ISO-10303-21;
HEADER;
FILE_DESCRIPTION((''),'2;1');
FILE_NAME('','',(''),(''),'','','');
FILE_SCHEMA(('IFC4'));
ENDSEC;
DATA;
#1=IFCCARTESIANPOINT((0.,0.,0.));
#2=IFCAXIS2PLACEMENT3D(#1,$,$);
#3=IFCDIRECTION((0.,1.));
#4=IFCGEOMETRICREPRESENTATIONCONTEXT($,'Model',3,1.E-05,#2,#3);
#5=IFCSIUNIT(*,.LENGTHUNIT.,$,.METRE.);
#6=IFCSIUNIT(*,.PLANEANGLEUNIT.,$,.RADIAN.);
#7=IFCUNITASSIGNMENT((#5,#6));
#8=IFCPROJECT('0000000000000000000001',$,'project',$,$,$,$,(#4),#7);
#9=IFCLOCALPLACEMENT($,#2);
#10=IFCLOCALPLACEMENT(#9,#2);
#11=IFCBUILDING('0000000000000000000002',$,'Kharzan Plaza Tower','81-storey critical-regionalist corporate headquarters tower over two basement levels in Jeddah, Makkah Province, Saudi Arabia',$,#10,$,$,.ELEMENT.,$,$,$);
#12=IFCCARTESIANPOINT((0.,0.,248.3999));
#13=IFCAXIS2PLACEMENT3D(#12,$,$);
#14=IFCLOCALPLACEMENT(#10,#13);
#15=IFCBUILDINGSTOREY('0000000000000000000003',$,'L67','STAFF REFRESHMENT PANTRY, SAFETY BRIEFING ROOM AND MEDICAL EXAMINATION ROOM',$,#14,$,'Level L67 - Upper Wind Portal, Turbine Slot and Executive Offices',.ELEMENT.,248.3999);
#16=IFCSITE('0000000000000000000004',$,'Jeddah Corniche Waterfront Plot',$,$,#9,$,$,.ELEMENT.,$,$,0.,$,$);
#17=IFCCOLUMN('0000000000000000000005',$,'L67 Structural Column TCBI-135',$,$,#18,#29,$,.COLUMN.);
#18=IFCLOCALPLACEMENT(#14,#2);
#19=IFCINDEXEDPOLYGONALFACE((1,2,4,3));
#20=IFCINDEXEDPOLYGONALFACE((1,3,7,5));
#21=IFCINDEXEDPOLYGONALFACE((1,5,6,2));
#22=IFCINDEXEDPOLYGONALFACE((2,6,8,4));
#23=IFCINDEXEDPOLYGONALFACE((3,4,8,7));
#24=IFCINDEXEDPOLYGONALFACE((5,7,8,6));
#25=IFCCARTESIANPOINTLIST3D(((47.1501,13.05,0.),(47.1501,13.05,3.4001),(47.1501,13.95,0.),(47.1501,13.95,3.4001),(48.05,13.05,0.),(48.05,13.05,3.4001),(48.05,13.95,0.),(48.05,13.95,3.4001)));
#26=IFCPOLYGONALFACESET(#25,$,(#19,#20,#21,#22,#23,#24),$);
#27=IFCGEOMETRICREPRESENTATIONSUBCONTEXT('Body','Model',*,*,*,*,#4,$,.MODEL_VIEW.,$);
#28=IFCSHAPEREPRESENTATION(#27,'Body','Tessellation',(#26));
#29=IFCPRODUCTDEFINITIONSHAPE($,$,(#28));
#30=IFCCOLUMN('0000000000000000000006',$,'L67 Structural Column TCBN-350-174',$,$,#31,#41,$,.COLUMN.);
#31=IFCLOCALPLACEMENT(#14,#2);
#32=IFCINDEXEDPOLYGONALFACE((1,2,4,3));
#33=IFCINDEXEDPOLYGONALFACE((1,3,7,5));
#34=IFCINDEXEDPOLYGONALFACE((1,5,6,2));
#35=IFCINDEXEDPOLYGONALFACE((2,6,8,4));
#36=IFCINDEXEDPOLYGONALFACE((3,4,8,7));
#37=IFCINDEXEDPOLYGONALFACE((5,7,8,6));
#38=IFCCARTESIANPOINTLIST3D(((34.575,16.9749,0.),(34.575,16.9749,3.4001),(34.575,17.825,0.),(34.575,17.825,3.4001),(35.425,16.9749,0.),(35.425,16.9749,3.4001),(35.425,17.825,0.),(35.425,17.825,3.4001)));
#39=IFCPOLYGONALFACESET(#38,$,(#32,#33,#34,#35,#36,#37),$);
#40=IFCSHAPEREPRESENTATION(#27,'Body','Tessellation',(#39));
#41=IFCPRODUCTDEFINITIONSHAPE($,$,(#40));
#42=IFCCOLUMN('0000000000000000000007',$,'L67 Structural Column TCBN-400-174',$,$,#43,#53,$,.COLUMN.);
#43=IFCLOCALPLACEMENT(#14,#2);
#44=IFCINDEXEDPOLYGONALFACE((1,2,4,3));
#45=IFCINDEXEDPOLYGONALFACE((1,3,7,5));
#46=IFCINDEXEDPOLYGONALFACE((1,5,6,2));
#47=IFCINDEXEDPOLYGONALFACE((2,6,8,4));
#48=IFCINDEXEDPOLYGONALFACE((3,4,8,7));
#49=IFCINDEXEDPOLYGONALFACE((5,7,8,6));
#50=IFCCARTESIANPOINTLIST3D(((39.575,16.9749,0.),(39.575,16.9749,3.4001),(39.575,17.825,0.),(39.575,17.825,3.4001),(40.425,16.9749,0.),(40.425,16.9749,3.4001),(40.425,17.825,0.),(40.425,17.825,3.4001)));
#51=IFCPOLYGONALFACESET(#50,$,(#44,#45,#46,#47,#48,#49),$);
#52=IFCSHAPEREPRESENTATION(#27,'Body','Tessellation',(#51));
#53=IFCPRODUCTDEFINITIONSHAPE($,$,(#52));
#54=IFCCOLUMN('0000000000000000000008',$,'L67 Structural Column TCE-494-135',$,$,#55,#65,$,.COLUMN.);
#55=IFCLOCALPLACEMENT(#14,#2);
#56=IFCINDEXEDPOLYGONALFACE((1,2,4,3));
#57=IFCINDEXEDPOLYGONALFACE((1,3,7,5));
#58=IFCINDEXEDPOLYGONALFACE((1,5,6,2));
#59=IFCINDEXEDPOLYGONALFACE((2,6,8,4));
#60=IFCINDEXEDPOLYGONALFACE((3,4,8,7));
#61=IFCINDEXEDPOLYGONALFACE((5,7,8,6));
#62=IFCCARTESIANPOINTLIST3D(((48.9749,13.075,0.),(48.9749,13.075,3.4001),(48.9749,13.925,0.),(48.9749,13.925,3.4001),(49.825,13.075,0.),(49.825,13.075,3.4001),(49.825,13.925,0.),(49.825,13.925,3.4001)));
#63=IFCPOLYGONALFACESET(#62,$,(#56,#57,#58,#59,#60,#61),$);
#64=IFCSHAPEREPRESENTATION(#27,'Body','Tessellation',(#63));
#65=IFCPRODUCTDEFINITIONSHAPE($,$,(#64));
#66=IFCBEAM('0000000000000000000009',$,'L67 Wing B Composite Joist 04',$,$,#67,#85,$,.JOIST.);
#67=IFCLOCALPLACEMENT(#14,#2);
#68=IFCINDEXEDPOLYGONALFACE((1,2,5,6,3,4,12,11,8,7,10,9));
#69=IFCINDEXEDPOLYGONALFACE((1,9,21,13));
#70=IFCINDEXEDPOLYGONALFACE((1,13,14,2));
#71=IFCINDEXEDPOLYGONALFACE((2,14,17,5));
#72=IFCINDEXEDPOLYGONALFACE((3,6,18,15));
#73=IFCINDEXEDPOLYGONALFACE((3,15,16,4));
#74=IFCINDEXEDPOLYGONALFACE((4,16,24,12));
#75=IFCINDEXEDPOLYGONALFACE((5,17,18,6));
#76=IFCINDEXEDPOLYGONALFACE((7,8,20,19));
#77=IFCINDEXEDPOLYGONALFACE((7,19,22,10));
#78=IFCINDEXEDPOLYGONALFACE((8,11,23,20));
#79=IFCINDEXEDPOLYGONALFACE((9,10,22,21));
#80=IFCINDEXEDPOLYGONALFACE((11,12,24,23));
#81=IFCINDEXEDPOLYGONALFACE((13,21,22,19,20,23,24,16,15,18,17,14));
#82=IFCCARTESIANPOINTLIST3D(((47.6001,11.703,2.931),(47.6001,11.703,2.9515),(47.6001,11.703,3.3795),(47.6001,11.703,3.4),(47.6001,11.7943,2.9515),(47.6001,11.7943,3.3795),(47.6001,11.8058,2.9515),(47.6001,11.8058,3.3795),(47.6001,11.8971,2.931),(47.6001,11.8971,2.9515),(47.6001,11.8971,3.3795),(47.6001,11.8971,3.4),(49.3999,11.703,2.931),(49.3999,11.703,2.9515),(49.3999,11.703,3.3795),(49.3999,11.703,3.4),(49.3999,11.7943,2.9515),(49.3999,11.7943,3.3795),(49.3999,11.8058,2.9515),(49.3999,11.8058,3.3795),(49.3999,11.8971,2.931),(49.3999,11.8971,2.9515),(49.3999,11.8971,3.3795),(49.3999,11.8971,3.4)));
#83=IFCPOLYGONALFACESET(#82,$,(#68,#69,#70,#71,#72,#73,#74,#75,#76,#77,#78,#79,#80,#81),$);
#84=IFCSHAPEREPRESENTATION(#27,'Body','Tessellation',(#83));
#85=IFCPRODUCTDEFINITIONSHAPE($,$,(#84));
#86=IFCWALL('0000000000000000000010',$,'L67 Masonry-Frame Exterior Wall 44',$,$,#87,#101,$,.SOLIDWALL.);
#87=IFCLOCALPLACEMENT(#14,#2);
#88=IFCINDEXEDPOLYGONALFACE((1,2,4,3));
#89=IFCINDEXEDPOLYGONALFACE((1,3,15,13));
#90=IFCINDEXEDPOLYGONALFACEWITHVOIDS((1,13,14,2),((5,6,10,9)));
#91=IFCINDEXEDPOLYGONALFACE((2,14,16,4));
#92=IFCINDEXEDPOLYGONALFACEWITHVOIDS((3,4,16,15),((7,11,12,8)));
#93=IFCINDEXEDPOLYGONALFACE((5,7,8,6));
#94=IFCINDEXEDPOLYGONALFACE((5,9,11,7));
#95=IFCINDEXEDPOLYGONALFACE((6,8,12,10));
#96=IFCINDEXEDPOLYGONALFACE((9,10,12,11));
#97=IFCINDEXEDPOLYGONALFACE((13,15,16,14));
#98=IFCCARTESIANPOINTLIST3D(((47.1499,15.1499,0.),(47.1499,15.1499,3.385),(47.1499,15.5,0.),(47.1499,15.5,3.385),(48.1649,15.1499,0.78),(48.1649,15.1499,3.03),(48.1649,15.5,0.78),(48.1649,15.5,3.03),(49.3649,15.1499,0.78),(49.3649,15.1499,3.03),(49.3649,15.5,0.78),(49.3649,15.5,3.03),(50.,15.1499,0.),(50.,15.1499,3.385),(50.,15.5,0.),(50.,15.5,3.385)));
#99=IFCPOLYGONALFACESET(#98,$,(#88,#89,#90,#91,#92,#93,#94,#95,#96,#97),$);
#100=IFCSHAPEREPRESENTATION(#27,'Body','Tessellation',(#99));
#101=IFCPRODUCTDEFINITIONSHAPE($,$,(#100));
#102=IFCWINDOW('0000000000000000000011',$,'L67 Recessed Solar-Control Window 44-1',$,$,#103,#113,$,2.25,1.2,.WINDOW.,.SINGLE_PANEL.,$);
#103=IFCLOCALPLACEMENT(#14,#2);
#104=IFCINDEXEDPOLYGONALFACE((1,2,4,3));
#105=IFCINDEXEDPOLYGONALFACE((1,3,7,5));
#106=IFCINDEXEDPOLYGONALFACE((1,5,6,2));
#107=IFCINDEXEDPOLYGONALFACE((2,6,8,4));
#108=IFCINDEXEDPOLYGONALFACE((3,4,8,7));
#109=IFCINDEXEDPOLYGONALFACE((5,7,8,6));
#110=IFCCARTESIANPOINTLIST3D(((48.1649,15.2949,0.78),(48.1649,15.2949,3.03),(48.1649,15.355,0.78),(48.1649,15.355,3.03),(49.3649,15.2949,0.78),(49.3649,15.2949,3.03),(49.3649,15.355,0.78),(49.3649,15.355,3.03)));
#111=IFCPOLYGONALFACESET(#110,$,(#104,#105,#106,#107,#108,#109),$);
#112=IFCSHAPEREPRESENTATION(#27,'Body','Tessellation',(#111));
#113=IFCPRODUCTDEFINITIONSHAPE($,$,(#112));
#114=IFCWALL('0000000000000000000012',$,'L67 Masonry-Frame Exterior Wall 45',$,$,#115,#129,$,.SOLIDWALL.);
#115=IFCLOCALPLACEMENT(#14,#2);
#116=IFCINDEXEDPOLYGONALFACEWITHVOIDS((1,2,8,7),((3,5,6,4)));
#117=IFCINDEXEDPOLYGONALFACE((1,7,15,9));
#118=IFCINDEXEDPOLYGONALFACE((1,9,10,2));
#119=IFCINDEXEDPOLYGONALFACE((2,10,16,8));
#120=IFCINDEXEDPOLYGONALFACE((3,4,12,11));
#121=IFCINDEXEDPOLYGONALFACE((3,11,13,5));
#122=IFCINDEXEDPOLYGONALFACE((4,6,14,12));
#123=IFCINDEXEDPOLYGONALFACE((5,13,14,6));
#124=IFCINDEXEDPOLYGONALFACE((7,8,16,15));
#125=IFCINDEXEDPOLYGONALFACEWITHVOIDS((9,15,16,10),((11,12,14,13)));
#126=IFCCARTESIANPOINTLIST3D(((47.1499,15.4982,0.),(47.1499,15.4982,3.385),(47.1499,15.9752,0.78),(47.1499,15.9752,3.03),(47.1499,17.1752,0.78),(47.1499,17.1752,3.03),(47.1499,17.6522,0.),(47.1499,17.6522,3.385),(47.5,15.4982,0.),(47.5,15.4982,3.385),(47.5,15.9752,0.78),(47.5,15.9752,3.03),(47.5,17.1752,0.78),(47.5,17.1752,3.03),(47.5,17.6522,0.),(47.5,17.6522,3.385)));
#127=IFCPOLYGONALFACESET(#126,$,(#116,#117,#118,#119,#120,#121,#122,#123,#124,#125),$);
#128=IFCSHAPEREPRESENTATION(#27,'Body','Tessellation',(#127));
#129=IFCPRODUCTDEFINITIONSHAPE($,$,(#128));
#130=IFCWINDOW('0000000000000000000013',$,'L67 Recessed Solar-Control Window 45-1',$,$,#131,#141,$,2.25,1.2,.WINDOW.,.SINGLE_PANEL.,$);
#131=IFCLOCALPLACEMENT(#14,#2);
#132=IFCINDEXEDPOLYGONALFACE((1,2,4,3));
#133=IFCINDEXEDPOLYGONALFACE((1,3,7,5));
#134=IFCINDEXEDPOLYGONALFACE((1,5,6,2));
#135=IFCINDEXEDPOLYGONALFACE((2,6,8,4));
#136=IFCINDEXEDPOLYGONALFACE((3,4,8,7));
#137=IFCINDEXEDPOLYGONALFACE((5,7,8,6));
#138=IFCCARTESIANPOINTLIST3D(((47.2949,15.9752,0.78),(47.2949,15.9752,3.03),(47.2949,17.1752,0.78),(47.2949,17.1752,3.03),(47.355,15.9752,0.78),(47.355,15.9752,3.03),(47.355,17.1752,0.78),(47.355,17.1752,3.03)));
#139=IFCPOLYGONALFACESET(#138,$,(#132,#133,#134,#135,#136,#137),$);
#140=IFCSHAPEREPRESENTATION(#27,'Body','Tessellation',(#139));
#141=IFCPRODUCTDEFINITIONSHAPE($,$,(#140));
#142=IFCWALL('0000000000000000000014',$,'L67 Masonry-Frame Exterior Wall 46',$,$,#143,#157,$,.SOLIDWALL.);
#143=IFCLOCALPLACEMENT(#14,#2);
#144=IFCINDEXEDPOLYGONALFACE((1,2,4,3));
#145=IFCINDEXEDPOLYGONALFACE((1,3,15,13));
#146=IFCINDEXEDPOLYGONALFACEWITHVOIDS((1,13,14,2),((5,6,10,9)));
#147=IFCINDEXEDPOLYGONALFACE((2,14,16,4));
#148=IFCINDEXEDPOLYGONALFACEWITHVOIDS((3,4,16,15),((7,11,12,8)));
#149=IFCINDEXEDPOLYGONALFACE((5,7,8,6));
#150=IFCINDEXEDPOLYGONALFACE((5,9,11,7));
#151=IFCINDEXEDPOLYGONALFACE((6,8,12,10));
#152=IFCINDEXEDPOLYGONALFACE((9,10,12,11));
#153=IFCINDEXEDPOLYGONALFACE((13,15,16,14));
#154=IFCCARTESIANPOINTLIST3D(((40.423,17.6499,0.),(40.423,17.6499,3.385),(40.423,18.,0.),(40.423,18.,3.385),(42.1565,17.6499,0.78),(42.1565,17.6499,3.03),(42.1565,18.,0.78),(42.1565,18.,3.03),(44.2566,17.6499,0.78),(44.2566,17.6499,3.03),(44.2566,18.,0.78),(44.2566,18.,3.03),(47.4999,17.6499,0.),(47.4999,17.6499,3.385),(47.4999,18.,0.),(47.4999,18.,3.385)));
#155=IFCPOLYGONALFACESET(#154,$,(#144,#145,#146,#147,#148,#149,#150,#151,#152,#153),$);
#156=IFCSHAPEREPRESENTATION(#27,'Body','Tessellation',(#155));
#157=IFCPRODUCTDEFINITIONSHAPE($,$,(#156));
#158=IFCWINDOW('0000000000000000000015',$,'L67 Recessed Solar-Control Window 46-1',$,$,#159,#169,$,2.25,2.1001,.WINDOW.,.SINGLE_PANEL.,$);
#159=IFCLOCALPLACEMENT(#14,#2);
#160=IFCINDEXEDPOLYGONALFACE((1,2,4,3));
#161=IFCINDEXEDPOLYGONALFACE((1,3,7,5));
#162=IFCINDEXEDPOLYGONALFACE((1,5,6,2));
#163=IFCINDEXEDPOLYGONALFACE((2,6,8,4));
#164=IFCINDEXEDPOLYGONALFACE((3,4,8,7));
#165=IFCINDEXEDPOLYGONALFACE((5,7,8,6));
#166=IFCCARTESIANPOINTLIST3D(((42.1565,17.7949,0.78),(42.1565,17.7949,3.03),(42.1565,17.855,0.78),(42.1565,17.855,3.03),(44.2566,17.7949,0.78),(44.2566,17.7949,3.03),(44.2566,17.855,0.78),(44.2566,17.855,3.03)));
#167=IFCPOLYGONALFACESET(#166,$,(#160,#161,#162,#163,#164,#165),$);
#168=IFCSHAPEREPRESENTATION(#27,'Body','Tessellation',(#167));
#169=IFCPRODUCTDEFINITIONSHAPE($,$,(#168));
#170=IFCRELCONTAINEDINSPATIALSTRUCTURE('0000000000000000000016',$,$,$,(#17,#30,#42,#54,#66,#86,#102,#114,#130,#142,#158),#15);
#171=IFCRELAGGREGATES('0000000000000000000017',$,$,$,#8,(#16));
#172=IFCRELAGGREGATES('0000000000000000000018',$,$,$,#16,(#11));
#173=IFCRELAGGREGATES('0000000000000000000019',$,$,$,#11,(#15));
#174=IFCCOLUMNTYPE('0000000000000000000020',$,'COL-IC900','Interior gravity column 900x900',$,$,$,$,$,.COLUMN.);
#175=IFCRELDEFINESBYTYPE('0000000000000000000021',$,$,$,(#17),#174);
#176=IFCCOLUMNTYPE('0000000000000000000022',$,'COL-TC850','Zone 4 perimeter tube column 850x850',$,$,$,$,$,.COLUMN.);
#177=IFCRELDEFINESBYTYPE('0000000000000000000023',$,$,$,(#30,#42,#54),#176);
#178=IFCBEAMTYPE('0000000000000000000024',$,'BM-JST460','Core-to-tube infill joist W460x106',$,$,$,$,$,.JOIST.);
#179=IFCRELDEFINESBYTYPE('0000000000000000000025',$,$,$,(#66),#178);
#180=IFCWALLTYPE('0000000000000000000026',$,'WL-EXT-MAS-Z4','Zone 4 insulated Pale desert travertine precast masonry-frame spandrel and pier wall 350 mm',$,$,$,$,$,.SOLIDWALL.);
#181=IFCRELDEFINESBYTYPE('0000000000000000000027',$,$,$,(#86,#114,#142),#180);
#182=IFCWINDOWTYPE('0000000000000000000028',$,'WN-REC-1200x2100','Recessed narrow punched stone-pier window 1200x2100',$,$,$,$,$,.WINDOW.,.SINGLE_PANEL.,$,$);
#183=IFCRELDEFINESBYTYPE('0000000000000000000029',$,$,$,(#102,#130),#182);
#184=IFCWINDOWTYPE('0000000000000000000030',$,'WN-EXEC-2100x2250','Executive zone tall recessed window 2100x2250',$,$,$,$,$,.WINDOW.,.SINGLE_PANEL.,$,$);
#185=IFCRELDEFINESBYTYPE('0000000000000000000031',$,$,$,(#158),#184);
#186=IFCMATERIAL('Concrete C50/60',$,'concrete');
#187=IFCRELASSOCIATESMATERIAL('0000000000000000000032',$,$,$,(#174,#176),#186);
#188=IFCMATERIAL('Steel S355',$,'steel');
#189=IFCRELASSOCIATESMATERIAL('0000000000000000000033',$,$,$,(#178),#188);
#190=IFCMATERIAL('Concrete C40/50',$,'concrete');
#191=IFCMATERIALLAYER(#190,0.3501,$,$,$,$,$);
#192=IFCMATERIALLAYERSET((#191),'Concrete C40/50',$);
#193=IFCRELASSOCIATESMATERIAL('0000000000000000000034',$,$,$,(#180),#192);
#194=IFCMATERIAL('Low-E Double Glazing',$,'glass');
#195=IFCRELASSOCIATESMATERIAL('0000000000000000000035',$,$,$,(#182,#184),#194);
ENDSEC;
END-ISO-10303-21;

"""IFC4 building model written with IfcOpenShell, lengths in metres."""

from ifc_helpers import new_model, si_unit, direction, frame, frame_2d, origin, origin_2d, place, context, subcontext, project, spatial, rectangle, i_section, extrude, source, transform, mapped, material, layer, layer_set, material_profile, profile_set, type_object, element, fill, save


model = new_model("IFC4")

# Units and contexts
model_context = context("Model", 3, precision=1e-05, world=origin(), true_north=direction((0.0, 1.0)))
body_context = subcontext(model_context, "Body", "Model", "MODEL_VIEW")
ifc_project = project(units=[si_unit("LENGTHUNIT", "METRE"), si_unit("PLANEANGLEUNIT", "RADIAN")], contexts=[model_context])

# Site, building, storey
site_placement = place(None, origin())
site = spatial("IfcSite", under=ifc_project, at=site_placement, Name="Jeddah Corniche Waterfront Plot", CompositionType="ELEMENT", RefElevation=0.0)
building_placement = place(site_placement, origin())
building = spatial("IfcBuilding", under=site, at=building_placement, Name="Kharzan Plaza Tower", Description="81-storey critical-regionalist corporate headquarters tower over two basement levels in Jeddah, Makkah Province, Saudi Arabia", CompositionType="ELEMENT")
storey_placement = place(building_placement, frame((0.0, 0.0, 248.3999)))
storey = spatial("IfcBuildingStorey", under=building, at=storey_placement, Name="L67", Description="STAFF REFRESHMENT PANTRY, SAFETY BRIEFING ROOM AND MEDICAL EXAMINATION ROOM", LongName="Level L67 - Upper Wind Portal, Turbine Slot and Executive Offices", CompositionType="ELEMENT", Elevation=248.3999)

# Columns
ifc_material_1 = material(Name="Concrete C50/60", Category="concrete")
ifc_material_profile_1 = material_profile(ifc_material_1, rectangle(XDim=0.8999, YDim=0.8999, at=origin_2d()), Name="RC-IC900x900")
ifc_profile_set_1 = profile_set([ifc_material_profile_1], Name="Concrete C50/60")
column_type_1 = type_object("IfcColumnType", Name="COL-IC900", Description="Interior gravity column 900x900", PredefinedType="COLUMN", material=ifc_profile_set_1)
shared_shape_1 = source(origin(), body_context, "Body", "SweptSolid", [
    extrude(rectangle(XDim=0.8999, YDim=0.8999, at=origin_2d()), origin(), (0.0, 0.0, 1.0), 3.4001),
])
column_placement = place(storey_placement, frame((47.6001, 13.5, 0.0), z_axis=(0.0, 0.0, 1.0), x_axis=(1.0, 0.0, 0.0)))
element("IfcColumn", 1, at=column_placement, inside=storey, type_object=column_type_1, Name="L67 Structural Column TCBI-135", PredefinedType="COLUMN", context=body_context, shape_type="MappedRepresentation", body=[
    mapped(shared_shape_1, transform((0.0, 0.0, 0.0), x_axis=(1.0, 0.0, 0.0), y_axis=(0.0, 1.0, 0.0), z_axis=(0.0, 0.0, 1.0))),
])
ifc_material_profile_2 = material_profile(ifc_material_1, rectangle(XDim=0.8501, YDim=0.8501, at=origin_2d()), Name="RC-TC850x850")
ifc_profile_set_2 = profile_set([ifc_material_profile_2], Name="Concrete C50/60")
column_type_2 = type_object("IfcColumnType", Name="COL-TC850", Description="Zone 4 perimeter tube column 850x850", PredefinedType="COLUMN", material=ifc_profile_set_2)
shared_shape_2 = source(origin(), body_context, "Body", "SweptSolid", [
    extrude(rectangle(XDim=0.8501, YDim=0.8501, at=origin_2d()), origin(), (0.0, 0.0, 1.0), 3.4001),
])
for number, where, z_axis, x_axis, name in (
    (2, (35.0, 17.3999, 0.0), (0.0, 0.0, 1.0), (1.0, 0.0, 0.0), "L67 Structural Column TCBN-350-174"),
    (3, (40.0, 17.3999, 0.0), (0.0, 0.0, 1.0), (1.0, 0.0, 0.0), "L67 Structural Column TCBN-400-174"),
    (4, (49.3999, 13.5, 0.0), (0.0, 0.0, 1.0), (1.0, 0.0, 0.0), "L67 Structural Column TCE-494-135"),
):
    element("IfcColumn", number, at=place(storey_placement, frame(where, z_axis=z_axis, x_axis=x_axis)), inside=storey, type_object=column_type_2, Name=name, PredefinedType="COLUMN", context=body_context, shape_type="MappedRepresentation", body=[
        mapped(shared_shape_2, transform((0.0, 0.0, 0.0), x_axis=(1.0, 0.0, 0.0), y_axis=(0.0, 1.0, 0.0), z_axis=(0.0, 0.0, 1.0))),
    ])

# Beam
ifc_material_2 = material(Name="Steel S355", Category="steel")
ifc_material_profile_3 = material_profile(ifc_material_2, i_section(OverallWidth=0.1941, OverallDepth=0.469, WebThickness=0.0115, FlangeThickness=0.0205, at=origin_2d()), Name="W460x106")
ifc_profile_set_3 = profile_set([ifc_material_profile_3], Name="Steel S355")
beam_type = type_object("IfcBeamType", Name="BM-JST460", Description="Core-to-tube infill joist W460x106", PredefinedType="JOIST", material=ifc_profile_set_3)
shared_shape_3 = source(origin(), body_context, "Body", "SweptSolid", [
    extrude(i_section(OverallWidth=0.1941, OverallDepth=0.469, WebThickness=0.0115, FlangeThickness=0.0205, at=origin_2d()), origin(), (0.0, 0.0, 1.0), 1.7998),
])
beam_placement = place(storey_placement, frame((47.6001, 11.8, 3.1655), z_axis=(1.0, 0.0, 0.0), x_axis=(0.0, 1.0, 0.0)))
element("IfcBeam", 5, at=beam_placement, inside=storey, type_object=beam_type, Name="L67 Wing B Composite Joist 04", PredefinedType="JOIST", context=body_context, shape_type="MappedRepresentation", body=[
    mapped(shared_shape_3, transform((0.0, 0.0, 0.0), x_axis=(1.0, 0.0, 0.0), y_axis=(0.0, 1.0, 0.0), z_axis=(0.0, 0.0, 1.0))),
])

# Walls, openings, windows
ifc_material_3 = material(Name="Concrete C40/50", Category="concrete")
ifc_layer_1 = layer(ifc_material_3, 0.3501)
ifc_layer_set_1 = layer_set([ifc_layer_1], Name="Concrete C40/50")
wall_type_1 = type_object("IfcWallType", Name="WL-EXT-MAS-Z4", Description="Zone 4 insulated Pale desert travertine precast masonry-frame spandrel and pier wall 350 mm", PredefinedType="SOLIDWALL", material=ifc_layer_set_1)
wall_1_placement = place(storey_placement, frame((50.0, 15.325, 0.0), z_axis=(0.0, 0.0, 1.0), x_axis=(-1.0, 0.0, 0.0)))
wall_1 = element("IfcWall", 6, at=wall_1_placement, inside=storey, type_object=wall_type_1, Name="L67 Masonry-Frame Exterior Wall 44", PredefinedType="SOLIDWALL", context=body_context, shape_type="SweptSolid", body=[
    extrude(rectangle(XDim=2.8501, YDim=0.3501, at=frame_2d((1.425, 0.0))), origin(), (0.0, 0.0, 1.0), 3.385),
])
opening_1_placement = place(wall_1_placement, frame((0.635, 0.0, 0.78)))
opening_1 = element("IfcOpeningElement", 7, at=opening_1_placement, cuts=wall_1, PredefinedType="OPENING", context=body_context, shape_type="SweptSolid", body=[
    extrude(rectangle(XDim=1.2, YDim=2.25, at=frame_2d((0.6001, 1.125))), frame((0.0, 0.1851, 0.0), z_axis=(0.0, -1.0, 0.0), x_axis=(1.0, 0.0, 0.0)), (0.0, 0.0, 1.0), 0.3701),
])
ifc_material_4 = material(Name="Low-E Double Glazing", Category="glass")
window_type_1 = type_object("IfcWindowType", Name="WN-REC-1200x2100", Description="Recessed narrow punched stone-pier window 1200x2100", PartitioningType="SINGLE_PANEL", PredefinedType="WINDOW", material=ifc_material_4)
shared_shape_4 = source(origin(), body_context, "Body", "SweptSolid", [
    extrude(rectangle(XDim=1.2, YDim=2.25, at=frame_2d((0.6001, 1.125))), frame((0.0, 0.03, 0.0), z_axis=(0.0, -1.0, 0.0), x_axis=(1.0, 0.0, 0.0)), (0.0, 0.0, 1.0), 0.0601),
])
window_1_placement = place(opening_1_placement, origin())
window_1 = element("IfcWindow", 8, at=window_1_placement, inside=storey, type_object=window_type_1, Name="L67 Recessed Solar-Control Window 44-1", OverallHeight=2.25, OverallWidth=1.2, PartitioningType="SINGLE_PANEL", PredefinedType="WINDOW", context=body_context, shape_type="MappedRepresentation", body=[
    mapped(shared_shape_4, transform((0.0, 0.0, 0.0), x_axis=(1.0, 0.0, 0.0), y_axis=(0.0, 1.0, 0.0), z_axis=(0.0, 0.0, 1.0))),
])
fill(opening_1, window_1)
wall_2_placement = place(storey_placement, frame((47.325, 15.498, 0.0), z_axis=(0.0, 0.0, 1.0), x_axis=(0.0, 1.0, 0.0)))
wall_2 = element("IfcWall", 9, at=wall_2_placement, inside=storey, type_object=wall_type_1, Name="L67 Masonry-Frame Exterior Wall 45", PredefinedType="SOLIDWALL", context=body_context, shape_type="SweptSolid", body=[
    extrude(rectangle(XDim=2.1541, YDim=0.3501, at=frame_2d((1.0771, 0.0))), origin(), (0.0, 0.0, 1.0), 3.385),
])
opening_2_placement = place(wall_2_placement, frame((0.4771, 0.0, 0.78)))
opening_2 = element("IfcOpeningElement", 10, at=opening_2_placement, cuts=wall_2, PredefinedType="OPENING", context=body_context, shape_type="SweptSolid", body=[
    extrude(rectangle(XDim=1.2, YDim=2.25, at=frame_2d((0.6001, 1.125))), frame((0.0, 0.1851, 0.0), z_axis=(0.0, -1.0, 0.0), x_axis=(1.0, 0.0, 0.0)), (0.0, 0.0, 1.0), 0.3701),
])
window_2_placement = place(opening_2_placement, origin())
window_2 = element("IfcWindow", 11, at=window_2_placement, inside=storey, type_object=window_type_1, Name="L67 Recessed Solar-Control Window 45-1", OverallHeight=2.25, OverallWidth=1.2, PartitioningType="SINGLE_PANEL", PredefinedType="WINDOW", context=body_context, shape_type="MappedRepresentation", body=[
    mapped(shared_shape_4, transform((0.0, 0.0, 0.0), x_axis=(1.0, 0.0, 0.0), y_axis=(0.0, 1.0, 0.0), z_axis=(0.0, 0.0, 1.0))),
])
fill(opening_2, window_2)
wall_3_placement = place(storey_placement, frame((47.5, 17.825, 0.0), z_axis=(0.0, 0.0, 1.0), x_axis=(-1.0, 0.0, 0.0)))
wall_3 = element("IfcWall", 12, at=wall_3_placement, inside=storey, type_object=wall_type_1, Name="L67 Masonry-Frame Exterior Wall 46", PredefinedType="SOLIDWALL", context=body_context, shape_type="SweptSolid", body=[
    extrude(rectangle(XDim=7.0769, YDim=0.3501, at=frame_2d((3.5386, 0.0))), origin(), (0.0, 0.0, 1.0), 3.385),
])
opening_3_placement = place(wall_3_placement, frame((3.2434, 0.0, 0.78)))
opening_3 = element("IfcOpeningElement", 13, at=opening_3_placement, cuts=wall_3, PredefinedType="OPENING", context=body_context, shape_type="SweptSolid", body=[
    extrude(rectangle(XDim=2.1001, YDim=2.25, at=frame_2d((1.05, 1.125))), frame((0.0, 0.1851, 0.0), z_axis=(0.0, -1.0, 0.0), x_axis=(1.0, 0.0, 0.0)), (0.0, 0.0, 1.0), 0.3701),
])
window_type_2 = type_object("IfcWindowType", Name="WN-EXEC-2100x2250", Description="Executive zone tall recessed window 2100x2250", PartitioningType="SINGLE_PANEL", PredefinedType="WINDOW", material=ifc_material_4)
shared_shape_5 = source(origin(), body_context, "Body", "SweptSolid", [
    extrude(rectangle(XDim=2.1001, YDim=2.25, at=frame_2d((1.05, 1.125))), frame((0.0, 0.03, 0.0), z_axis=(0.0, -1.0, 0.0), x_axis=(1.0, 0.0, 0.0)), (0.0, 0.0, 1.0), 0.0601),
])
window_3_placement = place(opening_3_placement, origin())
window_3 = element("IfcWindow", 14, at=window_3_placement, inside=storey, type_object=window_type_2, Name="L67 Recessed Solar-Control Window 46-1", OverallHeight=2.25, OverallWidth=2.1001, PartitioningType="SINGLE_PANEL", PredefinedType="WINDOW", context=body_context, shape_type="MappedRepresentation", body=[
    mapped(shared_shape_5, transform((0.0, 0.0, 0.0), x_axis=(1.0, 0.0, 0.0), y_axis=(0.0, 1.0, 0.0), z_axis=(0.0, 0.0, 1.0))),
])
fill(opening_3, window_3)

save(model, "model.ifc")
